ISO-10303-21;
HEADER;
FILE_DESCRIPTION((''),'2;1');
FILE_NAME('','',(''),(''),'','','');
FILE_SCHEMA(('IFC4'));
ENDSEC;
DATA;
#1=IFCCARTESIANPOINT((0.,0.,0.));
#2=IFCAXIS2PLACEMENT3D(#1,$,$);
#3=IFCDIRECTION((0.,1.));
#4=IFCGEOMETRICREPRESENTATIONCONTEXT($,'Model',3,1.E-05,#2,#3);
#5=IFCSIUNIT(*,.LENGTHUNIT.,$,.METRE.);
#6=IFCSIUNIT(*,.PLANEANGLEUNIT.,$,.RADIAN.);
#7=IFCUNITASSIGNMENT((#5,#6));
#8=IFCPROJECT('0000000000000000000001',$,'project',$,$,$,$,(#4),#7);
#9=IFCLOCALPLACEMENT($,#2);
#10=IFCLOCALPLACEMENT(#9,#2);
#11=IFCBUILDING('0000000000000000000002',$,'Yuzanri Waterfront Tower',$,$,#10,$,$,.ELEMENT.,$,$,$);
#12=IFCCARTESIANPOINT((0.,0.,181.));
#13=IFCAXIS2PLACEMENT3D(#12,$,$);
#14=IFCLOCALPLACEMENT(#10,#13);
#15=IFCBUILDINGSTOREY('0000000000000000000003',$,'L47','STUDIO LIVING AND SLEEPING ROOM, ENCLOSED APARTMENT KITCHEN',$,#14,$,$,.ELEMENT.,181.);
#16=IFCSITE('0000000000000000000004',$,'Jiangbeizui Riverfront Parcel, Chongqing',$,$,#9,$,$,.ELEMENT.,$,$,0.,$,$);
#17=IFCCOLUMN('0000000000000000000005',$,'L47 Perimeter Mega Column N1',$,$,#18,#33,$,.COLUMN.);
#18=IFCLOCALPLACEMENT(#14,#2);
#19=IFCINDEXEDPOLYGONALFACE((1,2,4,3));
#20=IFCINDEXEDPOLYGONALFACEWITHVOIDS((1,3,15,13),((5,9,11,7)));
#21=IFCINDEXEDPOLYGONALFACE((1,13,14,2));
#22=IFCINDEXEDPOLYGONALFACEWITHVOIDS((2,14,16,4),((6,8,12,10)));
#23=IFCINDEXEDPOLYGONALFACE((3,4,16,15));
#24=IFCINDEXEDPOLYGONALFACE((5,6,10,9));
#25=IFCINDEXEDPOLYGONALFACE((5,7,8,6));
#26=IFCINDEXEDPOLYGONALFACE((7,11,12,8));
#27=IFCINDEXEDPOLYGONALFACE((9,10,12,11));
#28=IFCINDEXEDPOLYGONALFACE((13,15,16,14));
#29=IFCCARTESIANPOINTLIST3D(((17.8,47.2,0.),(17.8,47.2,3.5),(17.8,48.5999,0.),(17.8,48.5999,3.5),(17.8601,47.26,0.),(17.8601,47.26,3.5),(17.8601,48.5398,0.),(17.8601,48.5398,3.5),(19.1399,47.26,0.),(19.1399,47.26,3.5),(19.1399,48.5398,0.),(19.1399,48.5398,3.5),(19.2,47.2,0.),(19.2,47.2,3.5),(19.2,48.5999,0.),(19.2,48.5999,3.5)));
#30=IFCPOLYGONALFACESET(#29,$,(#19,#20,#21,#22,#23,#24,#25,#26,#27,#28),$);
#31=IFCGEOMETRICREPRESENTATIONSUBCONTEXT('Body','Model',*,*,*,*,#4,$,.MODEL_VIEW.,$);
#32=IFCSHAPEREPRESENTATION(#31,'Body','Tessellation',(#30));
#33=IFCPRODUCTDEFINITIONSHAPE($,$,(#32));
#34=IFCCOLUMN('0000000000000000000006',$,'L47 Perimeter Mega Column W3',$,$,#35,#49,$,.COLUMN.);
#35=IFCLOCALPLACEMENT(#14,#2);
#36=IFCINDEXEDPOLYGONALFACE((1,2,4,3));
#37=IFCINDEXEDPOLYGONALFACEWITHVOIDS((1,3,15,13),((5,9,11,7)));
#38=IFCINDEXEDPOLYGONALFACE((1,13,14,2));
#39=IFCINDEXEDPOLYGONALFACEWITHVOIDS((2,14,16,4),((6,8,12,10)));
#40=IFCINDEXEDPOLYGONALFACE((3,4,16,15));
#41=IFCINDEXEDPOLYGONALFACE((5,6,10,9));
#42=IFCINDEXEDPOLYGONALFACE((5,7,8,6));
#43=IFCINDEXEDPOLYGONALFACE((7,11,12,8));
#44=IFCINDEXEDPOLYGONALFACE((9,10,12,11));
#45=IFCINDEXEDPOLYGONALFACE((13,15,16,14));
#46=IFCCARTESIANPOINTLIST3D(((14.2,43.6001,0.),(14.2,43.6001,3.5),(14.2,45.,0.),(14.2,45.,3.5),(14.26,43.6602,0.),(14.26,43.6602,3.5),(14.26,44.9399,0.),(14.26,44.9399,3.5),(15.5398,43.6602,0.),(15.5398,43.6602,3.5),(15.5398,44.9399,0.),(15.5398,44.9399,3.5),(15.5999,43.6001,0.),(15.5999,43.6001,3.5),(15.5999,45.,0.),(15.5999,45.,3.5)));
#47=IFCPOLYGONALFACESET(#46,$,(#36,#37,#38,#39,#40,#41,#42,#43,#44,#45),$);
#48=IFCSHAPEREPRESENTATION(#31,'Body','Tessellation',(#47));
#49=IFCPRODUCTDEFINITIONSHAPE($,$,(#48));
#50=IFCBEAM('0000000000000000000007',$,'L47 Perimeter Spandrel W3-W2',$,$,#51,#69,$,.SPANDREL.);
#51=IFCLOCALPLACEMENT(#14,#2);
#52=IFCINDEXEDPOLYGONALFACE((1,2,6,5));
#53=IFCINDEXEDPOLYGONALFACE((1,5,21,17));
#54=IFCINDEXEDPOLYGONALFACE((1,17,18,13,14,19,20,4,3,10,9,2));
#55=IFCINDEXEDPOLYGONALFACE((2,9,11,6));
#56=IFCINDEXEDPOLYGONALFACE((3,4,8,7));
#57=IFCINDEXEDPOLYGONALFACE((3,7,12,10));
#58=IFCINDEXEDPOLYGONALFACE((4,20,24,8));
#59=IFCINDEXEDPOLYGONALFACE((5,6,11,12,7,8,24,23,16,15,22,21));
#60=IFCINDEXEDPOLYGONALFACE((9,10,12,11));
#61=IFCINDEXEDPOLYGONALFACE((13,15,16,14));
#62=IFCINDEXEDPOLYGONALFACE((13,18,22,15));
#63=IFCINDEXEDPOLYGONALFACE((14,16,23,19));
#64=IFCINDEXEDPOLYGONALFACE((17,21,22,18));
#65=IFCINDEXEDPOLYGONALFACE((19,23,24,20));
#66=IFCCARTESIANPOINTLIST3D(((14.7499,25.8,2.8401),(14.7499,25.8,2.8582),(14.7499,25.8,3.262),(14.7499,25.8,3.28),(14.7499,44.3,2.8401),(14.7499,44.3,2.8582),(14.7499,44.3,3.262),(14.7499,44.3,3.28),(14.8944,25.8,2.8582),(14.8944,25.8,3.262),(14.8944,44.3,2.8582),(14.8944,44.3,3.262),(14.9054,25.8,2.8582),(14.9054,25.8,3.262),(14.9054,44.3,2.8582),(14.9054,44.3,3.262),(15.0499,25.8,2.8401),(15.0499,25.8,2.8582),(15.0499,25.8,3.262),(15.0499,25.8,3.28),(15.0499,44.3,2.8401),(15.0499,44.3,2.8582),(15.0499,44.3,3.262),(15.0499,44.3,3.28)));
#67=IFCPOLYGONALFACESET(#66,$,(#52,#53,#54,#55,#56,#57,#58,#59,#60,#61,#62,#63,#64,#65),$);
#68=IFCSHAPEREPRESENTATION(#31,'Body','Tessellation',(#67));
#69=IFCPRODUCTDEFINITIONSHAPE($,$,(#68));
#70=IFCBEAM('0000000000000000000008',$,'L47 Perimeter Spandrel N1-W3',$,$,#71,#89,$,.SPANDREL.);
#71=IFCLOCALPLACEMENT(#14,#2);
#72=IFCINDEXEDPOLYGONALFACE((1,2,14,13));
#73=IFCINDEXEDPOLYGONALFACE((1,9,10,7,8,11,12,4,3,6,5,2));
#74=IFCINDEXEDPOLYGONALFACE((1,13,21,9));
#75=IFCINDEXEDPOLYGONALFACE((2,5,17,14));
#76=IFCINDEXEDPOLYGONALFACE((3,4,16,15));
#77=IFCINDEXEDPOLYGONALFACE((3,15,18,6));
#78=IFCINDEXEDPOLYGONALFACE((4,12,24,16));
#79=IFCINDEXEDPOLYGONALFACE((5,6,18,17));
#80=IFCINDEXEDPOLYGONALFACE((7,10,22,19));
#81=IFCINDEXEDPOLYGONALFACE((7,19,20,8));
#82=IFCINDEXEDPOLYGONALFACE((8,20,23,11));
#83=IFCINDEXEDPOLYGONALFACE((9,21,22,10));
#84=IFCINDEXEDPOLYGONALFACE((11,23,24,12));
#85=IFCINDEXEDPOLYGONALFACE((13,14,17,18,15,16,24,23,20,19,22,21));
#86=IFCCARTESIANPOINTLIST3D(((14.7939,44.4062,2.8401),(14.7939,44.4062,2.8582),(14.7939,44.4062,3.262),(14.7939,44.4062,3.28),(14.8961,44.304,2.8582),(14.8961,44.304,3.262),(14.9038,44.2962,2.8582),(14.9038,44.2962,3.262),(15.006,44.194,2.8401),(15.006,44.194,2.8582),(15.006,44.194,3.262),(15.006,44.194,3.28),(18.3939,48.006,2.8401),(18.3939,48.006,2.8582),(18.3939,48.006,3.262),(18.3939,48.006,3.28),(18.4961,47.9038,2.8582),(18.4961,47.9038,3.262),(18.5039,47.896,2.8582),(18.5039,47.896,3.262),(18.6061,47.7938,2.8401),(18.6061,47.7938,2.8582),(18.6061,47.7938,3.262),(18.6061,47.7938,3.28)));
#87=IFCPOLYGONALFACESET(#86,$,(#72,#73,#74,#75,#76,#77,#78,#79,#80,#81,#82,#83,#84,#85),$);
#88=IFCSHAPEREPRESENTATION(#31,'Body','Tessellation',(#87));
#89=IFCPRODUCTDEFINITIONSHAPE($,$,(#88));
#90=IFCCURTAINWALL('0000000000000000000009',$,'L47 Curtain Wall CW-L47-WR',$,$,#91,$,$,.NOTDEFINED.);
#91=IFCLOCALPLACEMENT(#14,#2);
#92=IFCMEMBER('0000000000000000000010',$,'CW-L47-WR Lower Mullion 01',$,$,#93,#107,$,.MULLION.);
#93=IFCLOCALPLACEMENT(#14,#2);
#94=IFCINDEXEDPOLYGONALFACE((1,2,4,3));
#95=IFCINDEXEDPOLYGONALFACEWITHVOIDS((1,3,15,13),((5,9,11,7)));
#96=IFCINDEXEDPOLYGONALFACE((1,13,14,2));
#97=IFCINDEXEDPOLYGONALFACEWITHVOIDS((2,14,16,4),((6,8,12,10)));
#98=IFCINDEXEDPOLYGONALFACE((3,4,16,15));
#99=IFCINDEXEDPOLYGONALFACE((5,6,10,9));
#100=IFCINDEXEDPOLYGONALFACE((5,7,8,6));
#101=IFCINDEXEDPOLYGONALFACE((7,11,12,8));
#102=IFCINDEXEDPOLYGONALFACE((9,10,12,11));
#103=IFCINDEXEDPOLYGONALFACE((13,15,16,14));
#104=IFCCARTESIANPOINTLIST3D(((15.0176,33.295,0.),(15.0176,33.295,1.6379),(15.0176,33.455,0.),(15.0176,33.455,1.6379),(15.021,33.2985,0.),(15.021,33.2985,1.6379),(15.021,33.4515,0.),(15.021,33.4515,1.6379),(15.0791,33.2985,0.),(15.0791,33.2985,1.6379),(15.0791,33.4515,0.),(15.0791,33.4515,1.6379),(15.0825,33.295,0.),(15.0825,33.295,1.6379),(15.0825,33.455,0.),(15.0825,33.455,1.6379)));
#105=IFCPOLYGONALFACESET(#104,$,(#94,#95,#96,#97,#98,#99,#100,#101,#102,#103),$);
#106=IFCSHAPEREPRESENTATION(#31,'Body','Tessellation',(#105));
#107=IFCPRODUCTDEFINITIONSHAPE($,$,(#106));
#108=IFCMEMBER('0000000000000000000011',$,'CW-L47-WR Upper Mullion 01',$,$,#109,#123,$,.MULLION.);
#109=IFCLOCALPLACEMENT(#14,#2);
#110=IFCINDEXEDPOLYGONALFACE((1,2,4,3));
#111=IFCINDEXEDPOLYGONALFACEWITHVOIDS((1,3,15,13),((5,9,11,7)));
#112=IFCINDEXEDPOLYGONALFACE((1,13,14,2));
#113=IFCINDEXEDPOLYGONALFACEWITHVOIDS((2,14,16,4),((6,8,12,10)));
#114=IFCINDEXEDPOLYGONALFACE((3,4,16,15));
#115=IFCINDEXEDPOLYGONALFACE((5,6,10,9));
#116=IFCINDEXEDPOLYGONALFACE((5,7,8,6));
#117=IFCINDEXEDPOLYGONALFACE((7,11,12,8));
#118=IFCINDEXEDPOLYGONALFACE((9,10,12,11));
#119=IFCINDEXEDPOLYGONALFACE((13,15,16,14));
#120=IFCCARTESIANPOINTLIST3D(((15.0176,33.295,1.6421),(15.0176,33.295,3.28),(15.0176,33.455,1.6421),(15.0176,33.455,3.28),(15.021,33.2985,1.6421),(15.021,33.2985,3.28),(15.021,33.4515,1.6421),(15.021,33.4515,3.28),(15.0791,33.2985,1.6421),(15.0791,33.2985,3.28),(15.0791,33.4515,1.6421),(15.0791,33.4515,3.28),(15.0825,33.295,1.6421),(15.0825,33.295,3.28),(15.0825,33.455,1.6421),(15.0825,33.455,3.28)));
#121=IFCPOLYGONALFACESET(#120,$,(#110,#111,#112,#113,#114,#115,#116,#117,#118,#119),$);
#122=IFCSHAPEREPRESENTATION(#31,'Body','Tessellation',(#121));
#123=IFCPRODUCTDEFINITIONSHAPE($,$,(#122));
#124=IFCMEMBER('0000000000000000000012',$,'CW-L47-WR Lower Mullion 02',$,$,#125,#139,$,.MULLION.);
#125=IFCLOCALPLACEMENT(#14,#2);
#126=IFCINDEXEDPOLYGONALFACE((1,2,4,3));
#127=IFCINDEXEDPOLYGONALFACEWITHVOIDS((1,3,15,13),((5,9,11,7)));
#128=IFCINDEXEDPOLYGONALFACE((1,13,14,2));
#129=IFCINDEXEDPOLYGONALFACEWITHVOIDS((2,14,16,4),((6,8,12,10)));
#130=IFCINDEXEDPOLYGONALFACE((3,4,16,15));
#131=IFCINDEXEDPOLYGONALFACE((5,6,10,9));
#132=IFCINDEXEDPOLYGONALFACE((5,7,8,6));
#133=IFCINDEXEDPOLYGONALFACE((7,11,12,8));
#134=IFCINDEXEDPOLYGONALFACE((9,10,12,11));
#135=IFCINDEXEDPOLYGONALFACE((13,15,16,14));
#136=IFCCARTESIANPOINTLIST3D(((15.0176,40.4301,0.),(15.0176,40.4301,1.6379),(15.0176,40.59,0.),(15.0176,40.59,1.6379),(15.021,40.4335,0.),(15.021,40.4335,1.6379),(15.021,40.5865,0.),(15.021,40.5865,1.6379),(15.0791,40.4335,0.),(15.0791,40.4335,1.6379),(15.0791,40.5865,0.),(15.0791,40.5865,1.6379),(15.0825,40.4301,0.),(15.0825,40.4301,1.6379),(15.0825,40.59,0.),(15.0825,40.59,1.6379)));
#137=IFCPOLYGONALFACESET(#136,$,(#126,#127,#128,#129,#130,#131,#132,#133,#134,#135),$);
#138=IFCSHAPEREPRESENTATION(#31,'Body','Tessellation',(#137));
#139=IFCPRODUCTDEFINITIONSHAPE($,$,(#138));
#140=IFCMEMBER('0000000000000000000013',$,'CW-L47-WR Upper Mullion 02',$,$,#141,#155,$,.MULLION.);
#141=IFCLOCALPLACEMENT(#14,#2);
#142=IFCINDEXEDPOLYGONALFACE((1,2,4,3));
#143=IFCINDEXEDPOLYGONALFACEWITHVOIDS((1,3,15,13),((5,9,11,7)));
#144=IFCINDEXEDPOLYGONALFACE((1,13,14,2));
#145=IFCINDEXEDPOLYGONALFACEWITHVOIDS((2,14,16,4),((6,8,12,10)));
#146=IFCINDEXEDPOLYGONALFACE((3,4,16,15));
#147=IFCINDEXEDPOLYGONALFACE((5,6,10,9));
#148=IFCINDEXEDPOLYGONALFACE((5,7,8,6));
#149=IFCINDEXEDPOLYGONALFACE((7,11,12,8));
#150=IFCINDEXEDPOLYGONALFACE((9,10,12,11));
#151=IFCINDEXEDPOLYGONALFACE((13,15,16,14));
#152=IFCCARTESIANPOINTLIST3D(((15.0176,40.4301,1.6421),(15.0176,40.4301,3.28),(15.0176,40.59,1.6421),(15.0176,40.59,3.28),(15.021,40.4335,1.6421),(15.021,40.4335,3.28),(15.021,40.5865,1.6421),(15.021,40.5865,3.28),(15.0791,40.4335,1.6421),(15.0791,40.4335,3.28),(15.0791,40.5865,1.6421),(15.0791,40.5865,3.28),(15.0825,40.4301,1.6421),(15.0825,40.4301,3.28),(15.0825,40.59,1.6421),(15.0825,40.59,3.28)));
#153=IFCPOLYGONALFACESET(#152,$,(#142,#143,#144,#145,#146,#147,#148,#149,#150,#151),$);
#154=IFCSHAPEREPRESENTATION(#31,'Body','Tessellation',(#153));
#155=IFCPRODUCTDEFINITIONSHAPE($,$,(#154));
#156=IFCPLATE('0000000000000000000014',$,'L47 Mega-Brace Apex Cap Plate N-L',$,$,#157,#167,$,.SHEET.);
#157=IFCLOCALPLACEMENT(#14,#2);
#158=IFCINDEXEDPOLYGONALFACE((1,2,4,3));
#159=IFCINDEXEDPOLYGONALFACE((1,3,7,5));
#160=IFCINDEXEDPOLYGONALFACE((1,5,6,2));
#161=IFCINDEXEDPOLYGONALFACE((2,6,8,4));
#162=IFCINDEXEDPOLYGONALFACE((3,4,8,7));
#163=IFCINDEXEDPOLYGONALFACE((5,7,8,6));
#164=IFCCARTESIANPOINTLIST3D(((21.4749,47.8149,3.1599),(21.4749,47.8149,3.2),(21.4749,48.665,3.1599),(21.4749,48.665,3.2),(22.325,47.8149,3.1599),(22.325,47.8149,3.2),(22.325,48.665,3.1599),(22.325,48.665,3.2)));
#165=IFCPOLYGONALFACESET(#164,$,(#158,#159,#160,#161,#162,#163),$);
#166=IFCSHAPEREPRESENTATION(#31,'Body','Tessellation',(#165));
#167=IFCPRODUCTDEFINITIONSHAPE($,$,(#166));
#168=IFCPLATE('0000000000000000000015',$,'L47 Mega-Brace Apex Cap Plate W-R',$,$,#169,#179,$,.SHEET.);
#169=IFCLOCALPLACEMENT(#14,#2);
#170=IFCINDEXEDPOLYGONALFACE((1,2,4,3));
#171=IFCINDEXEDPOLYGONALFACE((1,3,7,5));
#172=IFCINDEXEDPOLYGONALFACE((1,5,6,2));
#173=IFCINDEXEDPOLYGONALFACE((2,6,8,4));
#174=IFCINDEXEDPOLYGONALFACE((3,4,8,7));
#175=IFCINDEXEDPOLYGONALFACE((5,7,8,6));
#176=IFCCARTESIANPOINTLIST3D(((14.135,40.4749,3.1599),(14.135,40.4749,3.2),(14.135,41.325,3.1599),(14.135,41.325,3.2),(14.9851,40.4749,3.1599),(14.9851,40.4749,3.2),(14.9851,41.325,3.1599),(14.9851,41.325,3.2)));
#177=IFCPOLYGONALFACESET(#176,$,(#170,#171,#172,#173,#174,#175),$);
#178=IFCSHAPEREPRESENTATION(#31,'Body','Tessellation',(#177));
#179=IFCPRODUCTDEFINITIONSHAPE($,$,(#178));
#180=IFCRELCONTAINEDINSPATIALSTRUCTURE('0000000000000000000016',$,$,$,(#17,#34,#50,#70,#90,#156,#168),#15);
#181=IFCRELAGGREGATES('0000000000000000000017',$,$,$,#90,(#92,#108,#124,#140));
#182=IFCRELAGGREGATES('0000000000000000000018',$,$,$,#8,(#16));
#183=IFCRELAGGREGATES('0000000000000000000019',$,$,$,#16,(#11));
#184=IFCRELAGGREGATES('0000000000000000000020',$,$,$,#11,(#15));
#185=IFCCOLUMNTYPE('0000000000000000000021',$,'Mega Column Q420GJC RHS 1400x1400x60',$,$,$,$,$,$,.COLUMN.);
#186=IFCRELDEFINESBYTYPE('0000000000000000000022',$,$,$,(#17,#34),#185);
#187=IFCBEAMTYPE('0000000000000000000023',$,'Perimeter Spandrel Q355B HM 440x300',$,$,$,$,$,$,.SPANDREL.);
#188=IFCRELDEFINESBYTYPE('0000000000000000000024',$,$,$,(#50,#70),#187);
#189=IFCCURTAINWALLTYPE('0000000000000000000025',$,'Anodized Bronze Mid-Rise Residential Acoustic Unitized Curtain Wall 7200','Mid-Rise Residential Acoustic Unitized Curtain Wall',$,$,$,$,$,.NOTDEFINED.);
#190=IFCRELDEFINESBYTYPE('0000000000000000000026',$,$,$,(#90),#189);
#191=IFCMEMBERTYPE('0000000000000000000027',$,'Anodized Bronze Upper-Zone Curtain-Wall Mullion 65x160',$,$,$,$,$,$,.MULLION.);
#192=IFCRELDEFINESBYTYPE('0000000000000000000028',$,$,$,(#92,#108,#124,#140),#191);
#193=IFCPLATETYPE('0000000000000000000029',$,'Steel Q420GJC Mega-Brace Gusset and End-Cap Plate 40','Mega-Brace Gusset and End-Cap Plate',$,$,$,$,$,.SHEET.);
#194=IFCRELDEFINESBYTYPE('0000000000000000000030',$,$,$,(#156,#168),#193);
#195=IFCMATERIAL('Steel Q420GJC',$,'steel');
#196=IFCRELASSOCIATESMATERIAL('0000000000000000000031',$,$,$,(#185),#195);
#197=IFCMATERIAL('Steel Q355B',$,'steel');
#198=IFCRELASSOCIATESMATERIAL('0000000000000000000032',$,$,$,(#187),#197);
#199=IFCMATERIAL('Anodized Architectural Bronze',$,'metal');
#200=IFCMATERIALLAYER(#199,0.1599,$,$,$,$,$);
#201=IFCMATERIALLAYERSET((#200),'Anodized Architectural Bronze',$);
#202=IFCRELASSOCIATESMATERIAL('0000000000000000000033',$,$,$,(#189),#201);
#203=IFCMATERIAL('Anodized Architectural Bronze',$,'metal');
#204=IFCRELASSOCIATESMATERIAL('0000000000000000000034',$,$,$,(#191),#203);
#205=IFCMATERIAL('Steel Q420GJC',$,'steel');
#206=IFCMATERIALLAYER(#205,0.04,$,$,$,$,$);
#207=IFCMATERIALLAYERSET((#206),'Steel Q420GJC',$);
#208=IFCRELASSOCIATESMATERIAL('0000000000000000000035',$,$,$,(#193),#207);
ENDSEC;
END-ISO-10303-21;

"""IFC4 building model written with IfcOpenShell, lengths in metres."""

from ifc_helpers import new_model, si_unit, direction, frame, origin, origin_2d, place, context, subcontext, project, spatial, rectangle, hollow_rectangle, i_section, extrude, source, transform, mapped, material, layer, layer_set, material_profile, profile_set, type_object, element, aggregate, save


model = new_model("IFC4")

# Units and contexts
model_context = context("Model", 3, precision=1e-05, world=origin(), true_north=direction((0.0, 1.0)))
body_context = subcontext(model_context, "Body", "Model", "MODEL_VIEW")
ifc_project = project(units=[si_unit("LENGTHUNIT", "METRE"), si_unit("PLANEANGLEUNIT", "RADIAN")], contexts=[model_context])

# Site, building, storey
site_placement = place(None, origin())
site = spatial("IfcSite", under=ifc_project, at=site_placement, Name="Jiangbeizui Riverfront Parcel, Chongqing", CompositionType="ELEMENT", RefElevation=0.0)
building_placement = place(site_placement, origin())
building = spatial("IfcBuilding", under=site, at=building_placement, Name="Yuzanri Waterfront Tower", CompositionType="ELEMENT")
storey_placement = place(building_placement, frame((0.0, 0.0, 181.0)))
storey = spatial("IfcBuildingStorey", under=building, at=storey_placement, Name="L47", Description="STUDIO LIVING AND SLEEPING ROOM, ENCLOSED APARTMENT KITCHEN", CompositionType="ELEMENT", Elevation=181.0)

# Columns
ifc_material_1 = material(Name="Steel Q420GJC", Category="steel")
ifc_material_profile_1 = material_profile(ifc_material_1, hollow_rectangle(XDim=1.3999, YDim=1.3999, WallThickness=0.0601, at=origin_2d()), Name="RHS 1400x1400x60")
ifc_profile_set_1 = profile_set([ifc_material_profile_1], Name="Steel Q420GJC")
column_type = type_object("IfcColumnType", Name="Mega Column Q420GJC RHS 1400x1400x60", PredefinedType="COLUMN", material=ifc_profile_set_1)
shared_shape_1 = source(origin(), body_context, "Body", "SweptSolid", [
    extrude(hollow_rectangle(XDim=1.3999, YDim=1.3999, WallThickness=0.0601, at=origin_2d()), origin(), (0.0, 0.0, 1.0), 3.5),
])
for number, where, z_axis, x_axis, name in (
    (1, (18.5, 47.8999, 0.0), (0.0, 0.0, 1.0), (1.0, 0.0, 0.0), "L47 Perimeter Mega Column N1"),
    (2, (14.8999, 44.3, 0.0), (0.0, 0.0, 1.0), (1.0, 0.0, 0.0), "L47 Perimeter Mega Column W3"),
):
    element("IfcColumn", number, at=place(storey_placement, frame(where, z_axis=z_axis, x_axis=x_axis)), inside=storey, type_object=column_type, Name=name, PredefinedType="COLUMN", context=body_context, shape_type="MappedRepresentation", body=[
        mapped(shared_shape_1, transform((0.0, 0.0, 0.0), scale=1.0)),
    ])

# Beams
ifc_material_2 = material(Name="Steel Q355B", Category="steel")
ifc_material_profile_2 = material_profile(ifc_material_2, i_section(OverallWidth=0.3, OverallDepth=0.4399, WebThickness=0.011, FlangeThickness=0.0181, at=origin_2d()), Name="HM 440x300x11x18")
ifc_profile_set_2 = profile_set([ifc_material_profile_2], Name="Steel Q355B")
beam_type = type_object("IfcBeamType", Name="Perimeter Spandrel Q355B HM 440x300", PredefinedType="SPANDREL", material=ifc_profile_set_2)
shared_shape_2 = source(origin(), body_context, "Body", "SweptSolid", [
    extrude(i_section(OverallWidth=0.3, OverallDepth=0.4399, WebThickness=0.011, FlangeThickness=0.0181, at=origin_2d()), origin(), (0.0, 0.0, 1.0), 18.5),
])
beam_1_placement = place(storey_placement, frame((14.8999, 44.3, 3.0601), z_axis=(0.0, -1.0, 0.0), x_axis=(1.0, 0.0, 0.0)))
element("IfcBeam", 3, at=beam_1_placement, inside=storey, type_object=beam_type, Name="L47 Perimeter Spandrel W3-W2", PredefinedType="SPANDREL", context=body_context, shape_type="MappedRepresentation", body=[
    mapped(shared_shape_2, transform((0.0, 0.0, 0.0), scale=1.0)),
])
shared_shape_3 = source(origin(), body_context, "Body", "SweptSolid", [
    extrude(i_section(OverallWidth=0.3, OverallDepth=0.4399, WebThickness=0.011, FlangeThickness=0.0181, at=origin_2d()), origin(), (0.0, 0.0, 1.0), 5.0911),
])
beam_2_placement = place(storey_placement, frame((18.5, 47.8999, 3.0601), z_axis=(-0.707131, -0.707083, 0.0), x_axis=(0.707083, -0.707131, 0.0)))
element("IfcBeam", 4, at=beam_2_placement, inside=storey, type_object=beam_type, Name="L47 Perimeter Spandrel N1-W3", PredefinedType="SPANDREL", context=body_context, shape_type="MappedRepresentation", body=[
    mapped(shared_shape_3, transform((0.0, 0.0, 0.0), scale=1.0)),
])

# Curtain wall, members
ifc_material_3 = material(Name="Anodized Architectural Bronze", Category="metal")
ifc_layer_1 = layer(ifc_material_3, 0.1599)
ifc_layer_set_1 = layer_set([ifc_layer_1], Name="Anodized Architectural Bronze")
curtain_wall_type = type_object("IfcCurtainWallType", Name="Anodized Bronze Mid-Rise Residential Acoustic Unitized Curtain Wall 7200", Description="Mid-Rise Residential Acoustic Unitized Curtain Wall", PredefinedType="NOTDEFINED", material=ifc_layer_set_1)
curtain_wall_placement = place(storey_placement, origin())
curtain_wall = element("IfcCurtainWall", 5, at=curtain_wall_placement, inside=storey, type_object=curtain_wall_type, Name="L47 Curtain Wall CW-L47-WR", PredefinedType="NOTDEFINED")
ifc_material_4 = material(Name="Anodized Architectural Bronze", Category="metal")
ifc_material_profile_3 = material_profile(ifc_material_4, hollow_rectangle(XDim=0.0649, YDim=0.1599, WallThickness=0.0034, at=origin_2d()), Name="CWM 65x160")
ifc_profile_set_3 = profile_set([ifc_material_profile_3], Name="Anodized Architectural Bronze")
member_type = type_object("IfcMemberType", Name="Anodized Bronze Upper-Zone Curtain-Wall Mullion 65x160", PredefinedType="MULLION", material=ifc_profile_set_3)
shared_shape_4 = source(origin(), body_context, "Body", "SweptSolid", [
    extrude(hollow_rectangle(XDim=0.0649, YDim=0.1599, WallThickness=0.0034, at=origin_2d()), origin(), (0.0, 0.0, 1.0), 1.6379),
])
member_1_placement = place(storey_placement, frame((15.05, 33.375, 0.0), z_axis=(0.0, 0.0, 1.0), x_axis=(1.0, 0.0, 0.0)))
member_1 = element("IfcMember", 6, at=member_1_placement, type_object=member_type, Name="CW-L47-WR Lower Mullion 01", PredefinedType="MULLION", context=body_context, shape_type="MappedRepresentation", body=[
    mapped(shared_shape_4, transform((0.0, 0.0, 0.0), scale=1.0)),
])
member_2_placement = place(storey_placement, frame((15.05, 33.375, 1.6421), z_axis=(0.0, 0.0, 1.0), x_axis=(1.0, 0.0, 0.0)))
member_2 = element("IfcMember", 7, at=member_2_placement, type_object=member_type, Name="CW-L47-WR Upper Mullion 01", PredefinedType="MULLION", context=body_context, shape_type="MappedRepresentation", body=[
    mapped(shared_shape_4, transform((0.0, 0.0, 0.0), scale=1.0)),
])
member_3_placement = place(storey_placement, frame((15.05, 40.51, 0.0), z_axis=(0.0, 0.0, 1.0), x_axis=(1.0, 0.0, 0.0)))
member_3 = element("IfcMember", 8, at=member_3_placement, type_object=member_type, Name="CW-L47-WR Lower Mullion 02", PredefinedType="MULLION", context=body_context, shape_type="MappedRepresentation", body=[
    mapped(shared_shape_4, transform((0.0, 0.0, 0.0), scale=1.0)),
])
member_4_placement = place(storey_placement, frame((15.05, 40.51, 1.6421), z_axis=(0.0, 0.0, 1.0), x_axis=(1.0, 0.0, 0.0)))
member_4 = element("IfcMember", 9, at=member_4_placement, type_object=member_type, Name="CW-L47-WR Upper Mullion 02", PredefinedType="MULLION", context=body_context, shape_type="MappedRepresentation", body=[
    mapped(shared_shape_4, transform((0.0, 0.0, 0.0), scale=1.0)),
])

# Plates
ifc_material_5 = material(Name="Steel Q420GJC", Category="steel")
ifc_layer_2 = layer(ifc_material_5, 0.04)
ifc_layer_set_2 = layer_set([ifc_layer_2], Name="Steel Q420GJC")
plate_type_1 = type_object("IfcPlateType", Name="Steel Q420GJC Mega-Brace Gusset and End-Cap Plate 40", Description="Mega-Brace Gusset and End-Cap Plate", PredefinedType="SHEET", material=ifc_layer_set_2)
shared_shape_5 = source(origin(), body_context, "Body", "SweptSolid", [
    extrude(rectangle(XDim=0.8501, YDim=0.8501, at=origin_2d()), origin(), (0.0, 0.0, 1.0), 0.04),
])
for number, where, z_axis, x_axis, name in (
    (10, (21.8999, 48.24, 3.1599), (0.0, 0.0, 1.0), (1.0, 0.0, 0.0), "L47 Mega-Brace Apex Cap Plate N-L"),
    (11, (14.5601, 40.8999, 3.1599), (0.0, 0.0, 1.0), (1.0, 0.0, 0.0), "L47 Mega-Brace Apex Cap Plate W-R"),
):
    element("IfcPlate", number, at=place(storey_placement, frame(where, z_axis=z_axis, x_axis=x_axis)), inside=storey, type_object=plate_type_1, Name=name, PredefinedType="SHEET", context=body_context, shape_type="MappedRepresentation", body=[
        mapped(shared_shape_5, transform((0.0, 0.0, 0.0), scale=1.0)),
    ])

aggregate(curtain_wall, [member_1, member_2, member_3, member_4])

save(model, "model.ifc")
